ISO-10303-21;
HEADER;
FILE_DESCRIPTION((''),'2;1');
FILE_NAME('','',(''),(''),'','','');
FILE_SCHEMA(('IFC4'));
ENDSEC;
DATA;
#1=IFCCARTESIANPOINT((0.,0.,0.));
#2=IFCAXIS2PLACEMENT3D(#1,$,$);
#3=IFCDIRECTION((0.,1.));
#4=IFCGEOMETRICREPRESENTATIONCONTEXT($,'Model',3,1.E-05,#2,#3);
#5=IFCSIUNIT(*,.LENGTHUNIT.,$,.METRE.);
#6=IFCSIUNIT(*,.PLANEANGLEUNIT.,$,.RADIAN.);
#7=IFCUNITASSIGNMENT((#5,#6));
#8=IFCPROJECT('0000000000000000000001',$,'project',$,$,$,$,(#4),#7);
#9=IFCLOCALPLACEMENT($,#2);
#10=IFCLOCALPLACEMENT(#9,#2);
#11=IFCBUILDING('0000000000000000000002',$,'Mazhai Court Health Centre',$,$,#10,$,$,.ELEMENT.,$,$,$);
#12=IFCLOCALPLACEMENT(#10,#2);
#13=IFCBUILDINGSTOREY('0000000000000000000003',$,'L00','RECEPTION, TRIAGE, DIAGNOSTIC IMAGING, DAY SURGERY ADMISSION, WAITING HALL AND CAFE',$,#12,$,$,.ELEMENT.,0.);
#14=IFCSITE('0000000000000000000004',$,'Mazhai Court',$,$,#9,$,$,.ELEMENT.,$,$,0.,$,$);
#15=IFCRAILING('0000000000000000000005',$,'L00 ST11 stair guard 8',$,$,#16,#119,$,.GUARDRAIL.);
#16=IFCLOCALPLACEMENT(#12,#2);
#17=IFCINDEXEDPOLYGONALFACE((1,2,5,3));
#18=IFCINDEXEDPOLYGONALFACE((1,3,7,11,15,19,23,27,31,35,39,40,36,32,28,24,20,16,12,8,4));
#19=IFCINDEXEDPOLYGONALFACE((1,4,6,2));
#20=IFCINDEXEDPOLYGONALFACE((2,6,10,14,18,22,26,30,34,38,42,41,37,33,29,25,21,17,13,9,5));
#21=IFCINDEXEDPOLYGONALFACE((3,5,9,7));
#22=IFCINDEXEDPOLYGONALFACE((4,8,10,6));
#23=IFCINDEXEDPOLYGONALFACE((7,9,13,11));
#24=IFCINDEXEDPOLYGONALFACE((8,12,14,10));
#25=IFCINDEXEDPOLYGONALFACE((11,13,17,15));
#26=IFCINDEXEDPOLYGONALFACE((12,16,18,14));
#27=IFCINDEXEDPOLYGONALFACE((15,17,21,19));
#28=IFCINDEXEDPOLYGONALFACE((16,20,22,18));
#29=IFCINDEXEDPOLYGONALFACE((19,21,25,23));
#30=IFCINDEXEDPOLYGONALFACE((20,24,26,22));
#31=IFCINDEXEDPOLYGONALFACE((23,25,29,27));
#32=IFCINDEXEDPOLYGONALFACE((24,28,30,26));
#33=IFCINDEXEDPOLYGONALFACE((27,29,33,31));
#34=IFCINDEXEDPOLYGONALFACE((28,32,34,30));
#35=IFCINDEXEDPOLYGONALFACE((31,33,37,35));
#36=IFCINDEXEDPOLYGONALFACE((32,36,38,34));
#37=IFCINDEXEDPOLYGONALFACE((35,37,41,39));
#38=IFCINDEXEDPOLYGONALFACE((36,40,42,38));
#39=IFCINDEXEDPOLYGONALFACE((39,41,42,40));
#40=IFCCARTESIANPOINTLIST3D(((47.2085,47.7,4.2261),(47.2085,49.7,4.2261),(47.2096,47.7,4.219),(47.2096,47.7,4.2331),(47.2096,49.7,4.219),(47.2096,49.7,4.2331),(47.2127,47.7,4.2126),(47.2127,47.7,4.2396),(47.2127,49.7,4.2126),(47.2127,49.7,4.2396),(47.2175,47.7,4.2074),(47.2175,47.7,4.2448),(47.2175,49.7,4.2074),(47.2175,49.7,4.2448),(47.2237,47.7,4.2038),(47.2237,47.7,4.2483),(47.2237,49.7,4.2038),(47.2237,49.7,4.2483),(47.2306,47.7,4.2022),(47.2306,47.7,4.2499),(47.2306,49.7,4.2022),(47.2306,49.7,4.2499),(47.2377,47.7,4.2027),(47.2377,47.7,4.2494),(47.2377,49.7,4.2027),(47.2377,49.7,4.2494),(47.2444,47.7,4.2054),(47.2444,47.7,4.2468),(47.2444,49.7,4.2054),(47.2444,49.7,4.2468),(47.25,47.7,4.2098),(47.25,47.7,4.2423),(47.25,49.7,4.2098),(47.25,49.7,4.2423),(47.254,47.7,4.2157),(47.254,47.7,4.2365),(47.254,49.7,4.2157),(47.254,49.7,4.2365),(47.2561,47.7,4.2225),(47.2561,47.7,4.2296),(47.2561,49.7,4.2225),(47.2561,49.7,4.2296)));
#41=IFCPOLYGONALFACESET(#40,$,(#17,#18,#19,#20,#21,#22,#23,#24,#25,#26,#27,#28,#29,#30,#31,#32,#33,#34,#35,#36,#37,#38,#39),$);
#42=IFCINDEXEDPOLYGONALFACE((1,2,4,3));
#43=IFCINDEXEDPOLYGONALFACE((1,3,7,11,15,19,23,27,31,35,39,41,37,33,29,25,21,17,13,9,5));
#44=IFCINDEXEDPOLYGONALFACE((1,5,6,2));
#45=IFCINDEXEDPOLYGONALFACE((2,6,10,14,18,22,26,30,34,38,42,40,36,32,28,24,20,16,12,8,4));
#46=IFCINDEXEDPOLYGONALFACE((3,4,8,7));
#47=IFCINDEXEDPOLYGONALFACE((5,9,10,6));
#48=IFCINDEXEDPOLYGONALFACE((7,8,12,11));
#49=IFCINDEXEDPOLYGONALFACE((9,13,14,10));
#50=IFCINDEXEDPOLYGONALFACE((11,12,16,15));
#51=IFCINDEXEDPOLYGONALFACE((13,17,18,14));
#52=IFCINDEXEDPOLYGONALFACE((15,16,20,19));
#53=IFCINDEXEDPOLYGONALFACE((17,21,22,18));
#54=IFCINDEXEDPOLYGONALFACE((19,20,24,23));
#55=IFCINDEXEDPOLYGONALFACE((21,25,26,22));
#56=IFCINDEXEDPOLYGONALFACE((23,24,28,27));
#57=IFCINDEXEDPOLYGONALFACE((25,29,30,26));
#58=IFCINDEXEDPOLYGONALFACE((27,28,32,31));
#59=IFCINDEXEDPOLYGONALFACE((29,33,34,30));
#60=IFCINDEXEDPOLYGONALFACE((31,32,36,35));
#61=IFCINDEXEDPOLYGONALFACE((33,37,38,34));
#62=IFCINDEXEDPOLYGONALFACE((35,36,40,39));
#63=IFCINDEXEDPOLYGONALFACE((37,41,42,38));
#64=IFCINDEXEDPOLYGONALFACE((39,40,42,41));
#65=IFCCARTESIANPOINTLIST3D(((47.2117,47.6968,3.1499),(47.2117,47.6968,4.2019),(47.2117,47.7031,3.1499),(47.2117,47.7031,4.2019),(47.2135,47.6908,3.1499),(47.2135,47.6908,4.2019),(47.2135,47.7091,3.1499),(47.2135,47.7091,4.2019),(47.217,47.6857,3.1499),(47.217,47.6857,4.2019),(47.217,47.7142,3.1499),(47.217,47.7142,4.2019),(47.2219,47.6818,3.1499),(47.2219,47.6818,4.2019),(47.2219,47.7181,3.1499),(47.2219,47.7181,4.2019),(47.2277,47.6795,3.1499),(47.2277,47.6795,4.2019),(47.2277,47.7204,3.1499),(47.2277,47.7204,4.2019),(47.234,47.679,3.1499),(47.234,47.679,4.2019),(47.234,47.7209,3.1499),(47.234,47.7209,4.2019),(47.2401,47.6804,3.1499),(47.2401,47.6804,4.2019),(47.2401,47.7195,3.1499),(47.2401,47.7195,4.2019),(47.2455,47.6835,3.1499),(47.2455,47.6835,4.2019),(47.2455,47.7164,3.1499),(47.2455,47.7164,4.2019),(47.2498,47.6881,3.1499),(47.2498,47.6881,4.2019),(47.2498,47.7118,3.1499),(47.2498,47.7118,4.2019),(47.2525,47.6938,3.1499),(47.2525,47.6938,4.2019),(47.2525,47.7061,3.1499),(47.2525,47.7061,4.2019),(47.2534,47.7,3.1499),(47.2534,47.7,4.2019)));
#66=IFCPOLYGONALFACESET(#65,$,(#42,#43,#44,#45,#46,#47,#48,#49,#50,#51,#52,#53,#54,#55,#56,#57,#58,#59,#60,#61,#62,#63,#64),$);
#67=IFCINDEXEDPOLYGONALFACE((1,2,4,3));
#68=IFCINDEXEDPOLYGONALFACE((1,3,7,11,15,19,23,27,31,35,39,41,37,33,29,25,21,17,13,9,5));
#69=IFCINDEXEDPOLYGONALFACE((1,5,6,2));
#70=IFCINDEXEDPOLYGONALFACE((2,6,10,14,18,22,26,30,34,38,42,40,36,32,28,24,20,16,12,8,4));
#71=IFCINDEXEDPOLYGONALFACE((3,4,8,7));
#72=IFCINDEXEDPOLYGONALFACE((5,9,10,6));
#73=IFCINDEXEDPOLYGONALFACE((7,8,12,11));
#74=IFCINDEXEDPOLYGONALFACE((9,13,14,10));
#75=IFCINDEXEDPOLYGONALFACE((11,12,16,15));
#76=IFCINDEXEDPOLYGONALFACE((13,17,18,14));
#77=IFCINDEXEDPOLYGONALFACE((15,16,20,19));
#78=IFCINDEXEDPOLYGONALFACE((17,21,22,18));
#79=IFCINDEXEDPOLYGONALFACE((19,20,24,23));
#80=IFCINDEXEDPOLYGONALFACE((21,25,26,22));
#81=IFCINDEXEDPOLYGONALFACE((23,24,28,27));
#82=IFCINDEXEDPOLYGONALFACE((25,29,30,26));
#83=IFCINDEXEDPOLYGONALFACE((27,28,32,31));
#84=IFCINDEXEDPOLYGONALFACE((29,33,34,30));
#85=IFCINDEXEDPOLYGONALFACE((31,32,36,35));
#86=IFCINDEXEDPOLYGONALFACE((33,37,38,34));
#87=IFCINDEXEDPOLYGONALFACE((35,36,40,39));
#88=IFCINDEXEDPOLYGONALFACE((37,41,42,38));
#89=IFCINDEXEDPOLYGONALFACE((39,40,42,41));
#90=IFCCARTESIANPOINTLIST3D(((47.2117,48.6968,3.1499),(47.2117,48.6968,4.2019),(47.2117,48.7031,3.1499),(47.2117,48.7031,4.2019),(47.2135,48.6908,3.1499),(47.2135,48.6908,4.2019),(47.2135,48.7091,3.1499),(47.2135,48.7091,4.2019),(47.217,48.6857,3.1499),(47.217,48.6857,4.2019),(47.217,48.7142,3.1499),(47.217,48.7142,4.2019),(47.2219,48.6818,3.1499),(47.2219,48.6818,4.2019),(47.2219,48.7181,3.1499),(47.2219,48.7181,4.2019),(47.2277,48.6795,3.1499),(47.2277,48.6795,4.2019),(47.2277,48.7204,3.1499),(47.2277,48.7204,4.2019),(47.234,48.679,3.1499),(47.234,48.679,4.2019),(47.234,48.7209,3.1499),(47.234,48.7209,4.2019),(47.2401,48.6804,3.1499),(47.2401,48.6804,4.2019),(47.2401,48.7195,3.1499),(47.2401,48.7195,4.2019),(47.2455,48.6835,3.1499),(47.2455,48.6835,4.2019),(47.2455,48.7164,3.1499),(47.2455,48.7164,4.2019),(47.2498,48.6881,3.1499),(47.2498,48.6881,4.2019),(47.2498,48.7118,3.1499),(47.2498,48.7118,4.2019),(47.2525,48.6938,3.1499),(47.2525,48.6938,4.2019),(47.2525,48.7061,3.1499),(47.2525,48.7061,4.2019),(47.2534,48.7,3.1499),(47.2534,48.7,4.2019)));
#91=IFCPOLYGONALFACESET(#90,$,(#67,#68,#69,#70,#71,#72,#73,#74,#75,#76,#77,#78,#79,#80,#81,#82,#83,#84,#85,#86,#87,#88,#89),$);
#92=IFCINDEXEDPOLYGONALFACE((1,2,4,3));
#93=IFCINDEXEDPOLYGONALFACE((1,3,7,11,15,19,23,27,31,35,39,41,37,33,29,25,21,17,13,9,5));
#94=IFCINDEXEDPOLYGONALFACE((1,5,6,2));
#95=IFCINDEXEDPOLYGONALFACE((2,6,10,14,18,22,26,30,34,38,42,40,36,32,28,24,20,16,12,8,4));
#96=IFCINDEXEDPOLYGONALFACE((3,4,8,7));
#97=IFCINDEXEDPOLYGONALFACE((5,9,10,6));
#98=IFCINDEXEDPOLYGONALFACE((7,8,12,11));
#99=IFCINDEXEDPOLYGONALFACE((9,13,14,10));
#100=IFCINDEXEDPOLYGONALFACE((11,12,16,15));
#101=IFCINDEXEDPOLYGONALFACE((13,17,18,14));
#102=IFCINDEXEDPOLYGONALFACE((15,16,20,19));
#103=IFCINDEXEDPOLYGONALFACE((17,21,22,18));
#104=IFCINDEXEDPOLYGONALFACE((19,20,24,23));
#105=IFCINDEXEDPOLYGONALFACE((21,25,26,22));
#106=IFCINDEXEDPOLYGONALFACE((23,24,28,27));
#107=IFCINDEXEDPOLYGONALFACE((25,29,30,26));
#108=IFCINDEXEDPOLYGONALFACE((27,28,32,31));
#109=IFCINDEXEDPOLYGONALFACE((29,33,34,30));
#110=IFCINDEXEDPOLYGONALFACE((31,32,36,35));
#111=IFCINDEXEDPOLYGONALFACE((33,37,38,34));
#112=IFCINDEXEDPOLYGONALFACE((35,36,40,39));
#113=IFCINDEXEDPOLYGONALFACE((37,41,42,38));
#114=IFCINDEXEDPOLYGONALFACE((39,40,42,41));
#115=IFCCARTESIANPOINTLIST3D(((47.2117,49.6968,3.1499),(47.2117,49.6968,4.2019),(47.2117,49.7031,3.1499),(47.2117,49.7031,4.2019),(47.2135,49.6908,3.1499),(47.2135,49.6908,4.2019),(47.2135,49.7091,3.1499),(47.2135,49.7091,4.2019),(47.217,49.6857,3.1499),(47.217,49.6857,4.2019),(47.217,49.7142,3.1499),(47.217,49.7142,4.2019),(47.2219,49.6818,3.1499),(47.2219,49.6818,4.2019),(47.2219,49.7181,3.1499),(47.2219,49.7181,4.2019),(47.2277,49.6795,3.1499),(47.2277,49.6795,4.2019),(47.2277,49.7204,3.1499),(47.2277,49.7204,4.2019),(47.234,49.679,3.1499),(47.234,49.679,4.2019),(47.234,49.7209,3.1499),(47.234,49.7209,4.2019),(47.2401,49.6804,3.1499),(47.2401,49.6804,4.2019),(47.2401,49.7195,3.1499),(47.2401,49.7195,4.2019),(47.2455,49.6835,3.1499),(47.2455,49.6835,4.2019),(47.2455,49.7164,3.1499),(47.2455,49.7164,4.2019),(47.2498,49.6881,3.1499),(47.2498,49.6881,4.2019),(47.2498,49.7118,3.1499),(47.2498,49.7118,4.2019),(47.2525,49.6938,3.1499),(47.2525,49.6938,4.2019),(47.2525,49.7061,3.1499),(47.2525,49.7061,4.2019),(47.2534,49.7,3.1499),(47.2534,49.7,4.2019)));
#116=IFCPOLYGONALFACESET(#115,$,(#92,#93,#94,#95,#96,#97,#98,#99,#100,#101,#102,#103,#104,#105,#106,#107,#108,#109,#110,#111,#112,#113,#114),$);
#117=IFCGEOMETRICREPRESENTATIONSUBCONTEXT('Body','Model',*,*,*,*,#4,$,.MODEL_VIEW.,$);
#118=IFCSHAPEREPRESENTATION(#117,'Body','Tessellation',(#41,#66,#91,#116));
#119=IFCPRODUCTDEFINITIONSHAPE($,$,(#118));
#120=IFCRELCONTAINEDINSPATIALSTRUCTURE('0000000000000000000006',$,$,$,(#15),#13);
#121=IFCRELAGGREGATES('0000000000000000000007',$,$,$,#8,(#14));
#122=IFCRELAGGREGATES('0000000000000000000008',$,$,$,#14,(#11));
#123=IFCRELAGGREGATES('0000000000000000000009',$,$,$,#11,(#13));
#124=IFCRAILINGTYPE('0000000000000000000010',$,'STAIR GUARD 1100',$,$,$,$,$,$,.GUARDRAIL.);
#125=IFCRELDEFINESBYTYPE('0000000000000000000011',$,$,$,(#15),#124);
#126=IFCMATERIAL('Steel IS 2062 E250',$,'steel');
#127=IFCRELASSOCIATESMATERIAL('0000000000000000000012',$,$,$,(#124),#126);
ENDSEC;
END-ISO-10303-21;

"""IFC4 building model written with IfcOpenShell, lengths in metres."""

from ifc_helpers import new_model, si_unit, direction, frame, origin, origin_2d, place, context, subcontext, project, spatial, circle, extrude, material, type_object, element, save


model = new_model("IFC4")

# Units and contexts
model_context = context("Model", 3, precision=1e-05, world=origin(), true_north=direction((0.0, 1.0)))
body_context = subcontext(model_context, "Body", "Model", "MODEL_VIEW")
ifc_project = project(units=[si_unit("LENGTHUNIT", "METRE"), si_unit("PLANEANGLEUNIT", "RADIAN")], contexts=[model_context])

# Site, building, storey
site_placement = place(None, origin())
site = spatial("IfcSite", under=ifc_project, at=site_placement, Name="Mazhai Court", CompositionType="ELEMENT", RefElevation=0.0)
building_placement = place(site_placement, origin())
building = spatial("IfcBuilding", under=site, at=building_placement, Name="Mazhai Court Health Centre", CompositionType="ELEMENT")
storey_placement = place(building_placement, origin())
storey = spatial("IfcBuildingStorey", under=building, at=storey_placement, Name="L00", Description="RECEPTION, TRIAGE, DIAGNOSTIC IMAGING, DAY SURGERY ADMISSION, WAITING HALL AND CAFE", CompositionType="ELEMENT", Elevation=0.0)

# Railing
ifc_material_1 = material(Name="Steel IS 2062 E250", Category="steel")
railing_type_1 = type_object("IfcRailingType", Name="STAIR GUARD 1100", PredefinedType="GUARDRAIL", material=ifc_material_1)
railing_1_placement = place(storey_placement, frame((47.2324, 47.7, 3.1499)))
element("IfcRailing", 1, at=railing_1_placement, inside=storey, type_object=railing_type_1, Name="L00 ST11 stair guard 8", PredefinedType="GUARDRAIL", context=body_context, shape_type="SweptSolid", body=[
    extrude(circle(Radius=0.0239, at=origin_2d()), frame((0.0, 0.0, 1.0762), z_axis=(0.0, 1.0, 0.0), x_axis=(-1.0, 0.0, 0.0)), (0.0, 0.0, 1.0), 2.0),
    extrude(circle(Radius=0.021, at=origin_2d()), origin(), (0.0, 0.0, 1.0), 1.052),
    extrude(circle(Radius=0.021, at=origin_2d()), frame((0.0, 1.0, 0.0)), (0.0, 0.0, 1.0), 1.052),
    extrude(circle(Radius=0.021, at=origin_2d()), frame((0.0, 2.0, 0.0)), (0.0, 0.0, 1.0), 1.052),
])

save(model, "model.ifc")
